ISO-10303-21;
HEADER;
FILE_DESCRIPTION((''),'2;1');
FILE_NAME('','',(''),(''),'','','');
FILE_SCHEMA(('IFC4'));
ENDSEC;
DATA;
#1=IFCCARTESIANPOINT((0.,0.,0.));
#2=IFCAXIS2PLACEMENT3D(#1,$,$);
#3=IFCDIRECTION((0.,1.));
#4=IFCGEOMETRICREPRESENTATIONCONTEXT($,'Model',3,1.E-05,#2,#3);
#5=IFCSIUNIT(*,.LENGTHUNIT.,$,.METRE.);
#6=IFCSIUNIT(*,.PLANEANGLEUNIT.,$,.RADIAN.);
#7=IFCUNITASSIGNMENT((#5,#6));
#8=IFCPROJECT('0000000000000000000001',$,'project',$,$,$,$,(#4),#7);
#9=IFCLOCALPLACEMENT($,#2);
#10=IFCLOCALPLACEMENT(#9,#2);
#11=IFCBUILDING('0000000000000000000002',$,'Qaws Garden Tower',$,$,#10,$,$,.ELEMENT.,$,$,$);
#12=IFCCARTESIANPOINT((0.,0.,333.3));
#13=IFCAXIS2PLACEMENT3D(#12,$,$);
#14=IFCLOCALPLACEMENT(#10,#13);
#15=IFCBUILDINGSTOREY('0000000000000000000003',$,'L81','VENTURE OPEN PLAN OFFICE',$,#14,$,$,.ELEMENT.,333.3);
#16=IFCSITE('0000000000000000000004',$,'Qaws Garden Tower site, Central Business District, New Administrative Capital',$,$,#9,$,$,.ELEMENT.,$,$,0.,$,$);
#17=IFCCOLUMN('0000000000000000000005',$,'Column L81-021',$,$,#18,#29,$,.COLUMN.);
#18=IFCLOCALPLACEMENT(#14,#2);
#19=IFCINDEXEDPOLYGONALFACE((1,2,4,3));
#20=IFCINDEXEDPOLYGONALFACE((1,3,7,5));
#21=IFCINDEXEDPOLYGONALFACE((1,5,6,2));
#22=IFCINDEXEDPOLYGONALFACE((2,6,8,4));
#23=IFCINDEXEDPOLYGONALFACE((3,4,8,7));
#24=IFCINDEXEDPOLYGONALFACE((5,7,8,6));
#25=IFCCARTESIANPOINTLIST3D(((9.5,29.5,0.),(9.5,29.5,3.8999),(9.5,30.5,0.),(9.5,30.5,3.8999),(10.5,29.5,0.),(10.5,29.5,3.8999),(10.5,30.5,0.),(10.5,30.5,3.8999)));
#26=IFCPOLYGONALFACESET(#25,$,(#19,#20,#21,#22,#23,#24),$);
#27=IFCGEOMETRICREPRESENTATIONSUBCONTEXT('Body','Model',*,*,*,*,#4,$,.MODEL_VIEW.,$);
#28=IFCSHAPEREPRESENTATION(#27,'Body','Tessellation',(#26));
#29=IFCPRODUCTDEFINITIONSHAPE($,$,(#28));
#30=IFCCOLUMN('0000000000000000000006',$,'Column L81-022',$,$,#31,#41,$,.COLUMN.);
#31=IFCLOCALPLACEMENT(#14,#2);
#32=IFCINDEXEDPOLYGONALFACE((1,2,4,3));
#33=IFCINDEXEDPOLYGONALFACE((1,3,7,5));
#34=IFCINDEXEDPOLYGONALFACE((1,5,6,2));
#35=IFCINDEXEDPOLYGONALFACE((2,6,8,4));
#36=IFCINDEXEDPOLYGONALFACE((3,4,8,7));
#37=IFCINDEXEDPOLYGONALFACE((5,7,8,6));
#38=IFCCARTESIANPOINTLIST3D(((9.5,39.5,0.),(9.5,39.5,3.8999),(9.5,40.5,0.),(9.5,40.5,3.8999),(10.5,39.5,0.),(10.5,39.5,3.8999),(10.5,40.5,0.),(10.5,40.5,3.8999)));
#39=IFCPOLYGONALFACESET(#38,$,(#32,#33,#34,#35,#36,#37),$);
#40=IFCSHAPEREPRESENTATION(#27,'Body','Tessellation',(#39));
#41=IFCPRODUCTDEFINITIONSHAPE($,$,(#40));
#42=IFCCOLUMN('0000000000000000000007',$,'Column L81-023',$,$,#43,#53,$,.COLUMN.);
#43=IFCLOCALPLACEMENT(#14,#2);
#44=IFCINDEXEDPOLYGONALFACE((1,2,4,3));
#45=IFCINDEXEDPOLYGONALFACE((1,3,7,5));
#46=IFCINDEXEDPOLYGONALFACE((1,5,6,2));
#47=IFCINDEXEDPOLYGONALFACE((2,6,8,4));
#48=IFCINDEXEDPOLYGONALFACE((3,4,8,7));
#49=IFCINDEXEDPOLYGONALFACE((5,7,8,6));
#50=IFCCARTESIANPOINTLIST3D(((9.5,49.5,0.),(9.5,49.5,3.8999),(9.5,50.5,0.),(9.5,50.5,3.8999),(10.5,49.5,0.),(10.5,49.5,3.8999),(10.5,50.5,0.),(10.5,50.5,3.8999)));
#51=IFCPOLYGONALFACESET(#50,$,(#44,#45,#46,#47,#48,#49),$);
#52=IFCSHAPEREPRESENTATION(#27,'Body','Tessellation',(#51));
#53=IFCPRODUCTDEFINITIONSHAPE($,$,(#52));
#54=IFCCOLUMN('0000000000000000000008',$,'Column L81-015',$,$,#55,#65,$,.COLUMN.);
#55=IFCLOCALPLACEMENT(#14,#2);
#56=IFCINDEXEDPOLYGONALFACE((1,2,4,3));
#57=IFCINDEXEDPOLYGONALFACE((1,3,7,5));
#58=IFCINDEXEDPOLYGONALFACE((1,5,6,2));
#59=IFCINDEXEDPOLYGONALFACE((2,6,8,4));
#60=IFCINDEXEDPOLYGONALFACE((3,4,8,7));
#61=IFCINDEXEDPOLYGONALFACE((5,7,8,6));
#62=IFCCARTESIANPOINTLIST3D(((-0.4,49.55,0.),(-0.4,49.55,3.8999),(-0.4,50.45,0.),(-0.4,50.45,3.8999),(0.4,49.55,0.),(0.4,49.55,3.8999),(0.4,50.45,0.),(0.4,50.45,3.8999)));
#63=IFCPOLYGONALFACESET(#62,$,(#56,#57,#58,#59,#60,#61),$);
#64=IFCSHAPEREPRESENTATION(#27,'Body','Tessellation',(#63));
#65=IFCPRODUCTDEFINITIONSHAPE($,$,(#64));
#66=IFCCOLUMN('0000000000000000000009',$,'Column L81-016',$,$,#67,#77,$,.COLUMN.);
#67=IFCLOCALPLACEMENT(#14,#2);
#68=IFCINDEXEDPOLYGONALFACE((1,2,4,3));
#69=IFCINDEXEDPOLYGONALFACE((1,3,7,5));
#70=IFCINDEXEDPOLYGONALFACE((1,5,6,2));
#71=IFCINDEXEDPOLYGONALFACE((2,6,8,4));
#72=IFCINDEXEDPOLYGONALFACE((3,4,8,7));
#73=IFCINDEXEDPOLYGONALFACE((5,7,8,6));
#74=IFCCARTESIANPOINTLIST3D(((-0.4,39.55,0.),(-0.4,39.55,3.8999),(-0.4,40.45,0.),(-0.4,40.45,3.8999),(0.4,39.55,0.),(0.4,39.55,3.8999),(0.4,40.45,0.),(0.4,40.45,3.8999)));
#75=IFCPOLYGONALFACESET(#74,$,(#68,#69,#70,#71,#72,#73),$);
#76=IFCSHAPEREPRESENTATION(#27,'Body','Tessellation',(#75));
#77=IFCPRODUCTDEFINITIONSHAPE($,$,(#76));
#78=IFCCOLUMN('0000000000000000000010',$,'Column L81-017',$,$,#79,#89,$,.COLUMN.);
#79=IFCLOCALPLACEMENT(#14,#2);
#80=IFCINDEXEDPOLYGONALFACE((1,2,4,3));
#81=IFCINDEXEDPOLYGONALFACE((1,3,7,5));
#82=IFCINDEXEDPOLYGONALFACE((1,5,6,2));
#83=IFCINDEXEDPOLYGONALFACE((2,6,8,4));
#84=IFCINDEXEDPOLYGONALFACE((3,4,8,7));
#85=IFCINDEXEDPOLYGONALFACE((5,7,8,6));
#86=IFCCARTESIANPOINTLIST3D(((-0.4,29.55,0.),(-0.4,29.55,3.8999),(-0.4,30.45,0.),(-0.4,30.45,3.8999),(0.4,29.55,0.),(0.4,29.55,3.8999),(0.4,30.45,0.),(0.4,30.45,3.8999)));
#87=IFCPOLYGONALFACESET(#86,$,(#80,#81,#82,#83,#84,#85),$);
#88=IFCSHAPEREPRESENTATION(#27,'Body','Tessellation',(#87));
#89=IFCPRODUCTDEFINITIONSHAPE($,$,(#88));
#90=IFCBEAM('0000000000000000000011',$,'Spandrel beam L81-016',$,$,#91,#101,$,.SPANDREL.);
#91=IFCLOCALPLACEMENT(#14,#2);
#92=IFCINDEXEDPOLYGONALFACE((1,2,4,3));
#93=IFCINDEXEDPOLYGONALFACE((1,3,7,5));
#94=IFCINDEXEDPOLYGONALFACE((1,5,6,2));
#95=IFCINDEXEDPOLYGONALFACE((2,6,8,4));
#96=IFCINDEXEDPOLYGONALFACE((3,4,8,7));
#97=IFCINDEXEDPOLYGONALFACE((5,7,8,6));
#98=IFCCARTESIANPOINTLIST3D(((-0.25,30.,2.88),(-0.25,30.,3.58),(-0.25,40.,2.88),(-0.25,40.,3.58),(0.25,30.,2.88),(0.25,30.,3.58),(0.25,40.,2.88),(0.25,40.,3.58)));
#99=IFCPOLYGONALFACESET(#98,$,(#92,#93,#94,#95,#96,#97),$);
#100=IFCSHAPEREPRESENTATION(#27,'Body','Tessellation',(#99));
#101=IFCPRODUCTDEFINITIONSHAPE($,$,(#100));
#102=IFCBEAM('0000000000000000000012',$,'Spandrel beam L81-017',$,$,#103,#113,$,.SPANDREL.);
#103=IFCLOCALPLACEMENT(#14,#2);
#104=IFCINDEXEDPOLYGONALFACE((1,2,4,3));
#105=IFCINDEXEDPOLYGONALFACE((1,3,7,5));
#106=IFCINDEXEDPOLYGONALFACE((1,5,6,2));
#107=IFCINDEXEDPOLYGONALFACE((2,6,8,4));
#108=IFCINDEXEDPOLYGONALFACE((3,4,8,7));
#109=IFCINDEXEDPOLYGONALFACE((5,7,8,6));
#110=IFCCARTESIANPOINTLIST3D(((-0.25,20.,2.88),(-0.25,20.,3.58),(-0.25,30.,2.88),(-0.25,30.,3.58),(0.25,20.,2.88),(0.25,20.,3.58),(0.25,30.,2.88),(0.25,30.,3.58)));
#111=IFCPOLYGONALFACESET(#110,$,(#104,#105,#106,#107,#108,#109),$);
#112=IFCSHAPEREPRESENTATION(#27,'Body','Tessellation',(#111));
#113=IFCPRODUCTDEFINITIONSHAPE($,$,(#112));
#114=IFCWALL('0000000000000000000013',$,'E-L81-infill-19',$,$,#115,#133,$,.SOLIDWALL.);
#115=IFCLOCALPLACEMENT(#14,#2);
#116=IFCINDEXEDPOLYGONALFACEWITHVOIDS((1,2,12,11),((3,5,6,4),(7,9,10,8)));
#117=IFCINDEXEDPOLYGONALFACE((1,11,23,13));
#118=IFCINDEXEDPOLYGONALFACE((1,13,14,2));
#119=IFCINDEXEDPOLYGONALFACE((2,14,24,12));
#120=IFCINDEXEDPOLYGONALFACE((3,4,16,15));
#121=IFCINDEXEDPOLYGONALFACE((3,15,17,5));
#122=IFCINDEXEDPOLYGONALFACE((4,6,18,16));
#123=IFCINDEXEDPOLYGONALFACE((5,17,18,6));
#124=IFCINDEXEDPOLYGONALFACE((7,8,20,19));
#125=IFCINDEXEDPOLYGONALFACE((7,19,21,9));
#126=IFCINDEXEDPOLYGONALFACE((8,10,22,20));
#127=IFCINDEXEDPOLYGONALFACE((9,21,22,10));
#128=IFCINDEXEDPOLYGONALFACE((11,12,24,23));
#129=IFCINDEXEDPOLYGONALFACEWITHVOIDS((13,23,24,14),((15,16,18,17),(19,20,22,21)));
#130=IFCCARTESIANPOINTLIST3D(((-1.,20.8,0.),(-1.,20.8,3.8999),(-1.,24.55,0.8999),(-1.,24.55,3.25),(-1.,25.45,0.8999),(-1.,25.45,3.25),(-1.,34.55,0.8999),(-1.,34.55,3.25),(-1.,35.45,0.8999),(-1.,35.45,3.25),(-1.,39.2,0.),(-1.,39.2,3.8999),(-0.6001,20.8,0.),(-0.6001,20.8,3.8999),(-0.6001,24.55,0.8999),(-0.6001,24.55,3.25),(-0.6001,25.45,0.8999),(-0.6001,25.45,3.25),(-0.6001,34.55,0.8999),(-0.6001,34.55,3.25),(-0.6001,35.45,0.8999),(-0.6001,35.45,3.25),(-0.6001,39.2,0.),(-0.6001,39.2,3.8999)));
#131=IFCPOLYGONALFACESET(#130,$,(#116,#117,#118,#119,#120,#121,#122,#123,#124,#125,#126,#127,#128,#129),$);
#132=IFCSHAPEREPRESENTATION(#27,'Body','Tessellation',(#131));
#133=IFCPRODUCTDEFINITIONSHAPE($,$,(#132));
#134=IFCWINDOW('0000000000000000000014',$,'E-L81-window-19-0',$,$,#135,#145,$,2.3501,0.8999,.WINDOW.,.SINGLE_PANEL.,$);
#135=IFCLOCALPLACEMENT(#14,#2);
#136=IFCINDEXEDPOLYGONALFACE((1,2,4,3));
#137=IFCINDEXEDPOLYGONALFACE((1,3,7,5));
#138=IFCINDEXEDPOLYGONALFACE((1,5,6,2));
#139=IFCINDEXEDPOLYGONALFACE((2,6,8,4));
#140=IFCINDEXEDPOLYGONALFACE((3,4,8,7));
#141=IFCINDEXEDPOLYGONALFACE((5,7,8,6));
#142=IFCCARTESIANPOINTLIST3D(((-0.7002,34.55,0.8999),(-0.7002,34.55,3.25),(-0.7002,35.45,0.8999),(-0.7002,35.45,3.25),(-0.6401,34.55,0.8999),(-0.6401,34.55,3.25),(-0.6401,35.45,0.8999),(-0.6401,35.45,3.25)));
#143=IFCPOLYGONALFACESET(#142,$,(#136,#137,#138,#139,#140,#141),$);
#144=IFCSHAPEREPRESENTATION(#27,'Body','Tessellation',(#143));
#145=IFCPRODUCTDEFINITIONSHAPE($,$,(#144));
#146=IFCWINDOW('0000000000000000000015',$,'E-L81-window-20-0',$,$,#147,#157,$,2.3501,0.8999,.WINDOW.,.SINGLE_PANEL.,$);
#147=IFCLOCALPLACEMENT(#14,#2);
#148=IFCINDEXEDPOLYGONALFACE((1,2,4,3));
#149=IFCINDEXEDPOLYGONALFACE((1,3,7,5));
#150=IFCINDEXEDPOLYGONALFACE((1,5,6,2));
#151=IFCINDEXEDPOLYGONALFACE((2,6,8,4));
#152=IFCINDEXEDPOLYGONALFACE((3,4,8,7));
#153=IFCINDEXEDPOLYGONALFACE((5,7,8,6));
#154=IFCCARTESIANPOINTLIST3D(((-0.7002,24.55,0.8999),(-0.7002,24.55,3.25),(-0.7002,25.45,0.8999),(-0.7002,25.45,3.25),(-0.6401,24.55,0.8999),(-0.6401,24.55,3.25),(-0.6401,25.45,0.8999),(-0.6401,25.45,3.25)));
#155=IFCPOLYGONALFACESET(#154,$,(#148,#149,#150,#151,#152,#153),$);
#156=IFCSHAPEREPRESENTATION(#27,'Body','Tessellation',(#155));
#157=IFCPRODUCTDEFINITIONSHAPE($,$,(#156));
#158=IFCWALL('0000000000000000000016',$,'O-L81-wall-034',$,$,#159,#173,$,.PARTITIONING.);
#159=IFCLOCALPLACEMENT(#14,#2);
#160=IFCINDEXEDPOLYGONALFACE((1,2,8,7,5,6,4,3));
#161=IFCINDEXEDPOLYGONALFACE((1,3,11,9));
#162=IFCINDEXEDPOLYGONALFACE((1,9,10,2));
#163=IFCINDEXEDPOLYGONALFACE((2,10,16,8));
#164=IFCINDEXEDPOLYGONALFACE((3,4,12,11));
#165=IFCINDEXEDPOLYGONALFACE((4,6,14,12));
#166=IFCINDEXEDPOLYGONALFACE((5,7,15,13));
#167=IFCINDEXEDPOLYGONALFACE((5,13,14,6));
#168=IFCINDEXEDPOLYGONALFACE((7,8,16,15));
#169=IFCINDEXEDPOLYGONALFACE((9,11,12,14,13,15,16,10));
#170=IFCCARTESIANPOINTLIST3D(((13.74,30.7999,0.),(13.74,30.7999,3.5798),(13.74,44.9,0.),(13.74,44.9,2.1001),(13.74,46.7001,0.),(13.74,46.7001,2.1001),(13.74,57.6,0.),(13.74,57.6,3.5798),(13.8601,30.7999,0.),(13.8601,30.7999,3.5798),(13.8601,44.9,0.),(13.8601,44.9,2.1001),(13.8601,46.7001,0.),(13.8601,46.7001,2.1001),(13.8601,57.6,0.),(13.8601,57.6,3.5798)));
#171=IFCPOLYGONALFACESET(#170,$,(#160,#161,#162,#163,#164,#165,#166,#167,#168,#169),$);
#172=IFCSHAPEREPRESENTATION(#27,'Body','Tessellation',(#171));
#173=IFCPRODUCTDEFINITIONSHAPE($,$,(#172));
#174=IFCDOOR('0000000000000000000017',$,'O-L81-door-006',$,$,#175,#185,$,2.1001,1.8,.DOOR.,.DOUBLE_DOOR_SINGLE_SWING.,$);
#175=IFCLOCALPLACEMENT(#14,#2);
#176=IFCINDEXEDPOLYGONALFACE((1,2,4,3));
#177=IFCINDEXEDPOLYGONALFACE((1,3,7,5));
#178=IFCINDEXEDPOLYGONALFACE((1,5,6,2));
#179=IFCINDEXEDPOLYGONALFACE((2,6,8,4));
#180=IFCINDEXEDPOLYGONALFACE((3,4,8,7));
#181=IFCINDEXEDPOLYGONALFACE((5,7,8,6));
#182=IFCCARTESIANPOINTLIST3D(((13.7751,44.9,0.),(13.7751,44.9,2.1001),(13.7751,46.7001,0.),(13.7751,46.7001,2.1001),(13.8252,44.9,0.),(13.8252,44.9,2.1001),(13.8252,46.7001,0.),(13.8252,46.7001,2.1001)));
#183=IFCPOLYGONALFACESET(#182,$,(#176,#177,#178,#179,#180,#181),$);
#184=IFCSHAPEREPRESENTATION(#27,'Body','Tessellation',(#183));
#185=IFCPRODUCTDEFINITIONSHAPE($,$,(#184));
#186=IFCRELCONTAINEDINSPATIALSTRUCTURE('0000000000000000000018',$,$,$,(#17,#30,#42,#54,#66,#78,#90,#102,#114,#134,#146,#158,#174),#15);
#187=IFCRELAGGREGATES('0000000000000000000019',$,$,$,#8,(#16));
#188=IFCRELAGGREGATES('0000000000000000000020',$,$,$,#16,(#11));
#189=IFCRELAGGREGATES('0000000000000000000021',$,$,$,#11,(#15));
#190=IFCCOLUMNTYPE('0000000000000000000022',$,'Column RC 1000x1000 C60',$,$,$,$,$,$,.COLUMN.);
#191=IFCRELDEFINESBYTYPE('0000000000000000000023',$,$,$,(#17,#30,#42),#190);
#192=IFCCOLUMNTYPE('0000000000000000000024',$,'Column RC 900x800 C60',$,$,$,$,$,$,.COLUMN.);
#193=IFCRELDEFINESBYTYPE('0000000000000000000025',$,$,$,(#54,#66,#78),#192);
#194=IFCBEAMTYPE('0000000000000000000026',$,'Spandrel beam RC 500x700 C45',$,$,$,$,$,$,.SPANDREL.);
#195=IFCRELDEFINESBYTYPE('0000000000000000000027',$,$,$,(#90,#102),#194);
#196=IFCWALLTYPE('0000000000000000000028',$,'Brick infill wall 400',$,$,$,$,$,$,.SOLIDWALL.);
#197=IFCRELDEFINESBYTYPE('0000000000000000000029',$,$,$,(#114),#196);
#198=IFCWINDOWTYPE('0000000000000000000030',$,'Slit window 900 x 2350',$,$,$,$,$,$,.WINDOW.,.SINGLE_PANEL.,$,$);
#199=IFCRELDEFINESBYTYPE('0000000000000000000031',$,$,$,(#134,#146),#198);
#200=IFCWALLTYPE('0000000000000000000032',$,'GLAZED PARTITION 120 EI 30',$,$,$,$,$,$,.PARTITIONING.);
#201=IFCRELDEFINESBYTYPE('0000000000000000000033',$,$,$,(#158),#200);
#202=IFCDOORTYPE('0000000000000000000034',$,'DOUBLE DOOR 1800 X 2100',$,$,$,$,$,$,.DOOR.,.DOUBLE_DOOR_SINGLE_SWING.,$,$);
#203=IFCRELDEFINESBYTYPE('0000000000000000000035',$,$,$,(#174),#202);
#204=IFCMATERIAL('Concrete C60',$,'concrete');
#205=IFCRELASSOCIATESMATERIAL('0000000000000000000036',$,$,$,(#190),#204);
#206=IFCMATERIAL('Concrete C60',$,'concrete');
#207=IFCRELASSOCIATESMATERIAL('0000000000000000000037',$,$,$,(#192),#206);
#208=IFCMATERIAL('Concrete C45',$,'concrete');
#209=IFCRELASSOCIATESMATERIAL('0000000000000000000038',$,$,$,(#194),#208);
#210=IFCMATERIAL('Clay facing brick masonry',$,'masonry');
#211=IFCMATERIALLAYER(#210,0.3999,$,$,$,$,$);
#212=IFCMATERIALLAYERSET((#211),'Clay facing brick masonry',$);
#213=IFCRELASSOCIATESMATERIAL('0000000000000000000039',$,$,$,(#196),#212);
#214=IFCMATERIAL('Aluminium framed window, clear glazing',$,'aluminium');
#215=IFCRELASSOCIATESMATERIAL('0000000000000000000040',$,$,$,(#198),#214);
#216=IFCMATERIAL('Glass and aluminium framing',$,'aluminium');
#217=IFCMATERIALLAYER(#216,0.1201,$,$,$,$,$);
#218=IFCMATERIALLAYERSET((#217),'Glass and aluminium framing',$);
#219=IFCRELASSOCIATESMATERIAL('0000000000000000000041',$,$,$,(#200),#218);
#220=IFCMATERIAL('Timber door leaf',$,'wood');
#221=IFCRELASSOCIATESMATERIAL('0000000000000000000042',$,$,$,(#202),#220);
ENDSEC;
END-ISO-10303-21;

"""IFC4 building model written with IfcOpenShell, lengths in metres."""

from ifc_helpers import new_model, si_unit, direction, frame, frame_2d, origin, origin_2d, place, context, subcontext, project, spatial, rectangle, extrude, material, layer, layer_set, material_profile, profile_set, type_object, element, fill, save


model = new_model("IFC4")

# Units and contexts
model_context = context("Model", 3, precision=1e-05, world=origin(), true_north=direction((0.0, 1.0)))
body_context = subcontext(model_context, "Body", "Model", "MODEL_VIEW")
ifc_project = project(units=[si_unit("LENGTHUNIT", "METRE"), si_unit("PLANEANGLEUNIT", "RADIAN")], contexts=[model_context])

# Site, building, storey
site_placement = place(None, origin())
site = spatial("IfcSite", under=ifc_project, at=site_placement, Name="Qaws Garden Tower site, Central Business District, New Administrative Capital", CompositionType="ELEMENT", RefElevation=0.0)
building_placement = place(site_placement, origin())
building = spatial("IfcBuilding", under=site, at=building_placement, Name="Qaws Garden Tower", CompositionType="ELEMENT")
storey_placement = place(building_placement, frame((0.0, 0.0, 333.3)))
storey = spatial("IfcBuildingStorey", under=building, at=storey_placement, Name="L81", Description="VENTURE OPEN PLAN OFFICE", CompositionType="ELEMENT", Elevation=333.3)

# Columns
ifc_material_1 = material(Name="Concrete C60", Category="concrete")
ifc_material_profile_1 = material_profile(ifc_material_1, rectangle(XDim=1.0, YDim=1.0, at=origin_2d()), Name="RC 1000x1000")
ifc_profile_set_1 = profile_set([ifc_material_profile_1], Name="Concrete C60")
column_type_1 = type_object("IfcColumnType", Name="Column RC 1000x1000 C60", PredefinedType="COLUMN", material=ifc_profile_set_1)
for number, where, z_axis, x_axis, name in (
    (1, (10.0, 30.0, 0.0), (0.0, 0.0, 1.0), (1.0, 0.0, 0.0), "Column L81-021"),
    (2, (10.0, 40.0, 0.0), (0.0, 0.0, 1.0), (1.0, 0.0, 0.0), "Column L81-022"),
    (3, (10.0, 50.0, 0.0), (0.0, 0.0, 1.0), (1.0, 0.0, 0.0), "Column L81-023"),
):
    element("IfcColumn", number, at=place(storey_placement, frame(where, z_axis=z_axis, x_axis=x_axis)), inside=storey, type_object=column_type_1, Name=name, PredefinedType="COLUMN", context=body_context, shape_type="SweptSolid", body=[
        extrude(rectangle(XDim=1.0, YDim=1.0, at=origin_2d()), origin(), (0.0, 0.0, 1.0), 3.8999),
    ])
ifc_material_2 = material(Name="Concrete C60", Category="concrete")
ifc_material_profile_2 = material_profile(ifc_material_2, rectangle(XDim=0.8999, YDim=0.8, at=origin_2d()), Name="RC 900x800")
ifc_profile_set_2 = profile_set([ifc_material_profile_2], Name="Concrete C60")
column_type_2 = type_object("IfcColumnType", Name="Column RC 900x800 C60", PredefinedType="COLUMN", material=ifc_profile_set_2)
for number, where, z_axis, x_axis, name in (
    (4, (0.0, 50.0, 0.0), (0.0, 0.0, 1.0), (0.0, 1.0, 0.0), "Column L81-015"),
    (5, (0.0, 40.0, 0.0), (0.0, 0.0, 1.0), (0.0, 1.0, 0.0), "Column L81-016"),
    (6, (0.0, 30.0, 0.0), (0.0, 0.0, 1.0), (0.0, 1.0, 0.0), "Column L81-017"),
):
    element("IfcColumn", number, at=place(storey_placement, frame(where, z_axis=z_axis, x_axis=x_axis)), inside=storey, type_object=column_type_2, Name=name, PredefinedType="COLUMN", context=body_context, shape_type="SweptSolid", body=[
        extrude(rectangle(XDim=0.8999, YDim=0.8, at=origin_2d()), origin(), (0.0, 0.0, 1.0), 3.8999),
    ])

# Beams
ifc_material_3 = material(Name="Concrete C45", Category="concrete")
ifc_material_profile_3 = material_profile(ifc_material_3, rectangle(XDim=0.5, YDim=0.7, at=origin_2d()), Name="RC 500x700")
ifc_profile_set_3 = profile_set([ifc_material_profile_3], Name="Concrete C45")
beam_type = type_object("IfcBeamType", Name="Spandrel beam RC 500x700 C45", PredefinedType="SPANDREL", material=ifc_profile_set_3)
for number, where, z_axis, x_axis, name in (
    (7, (0.0, 40.0, 3.23), (0.0, -1.0, 0.0), (1.0, 0.0, 0.0), "Spandrel beam L81-016"),
    (8, (0.0, 30.0, 3.23), (0.0, -1.0, 0.0), (1.0, 0.0, 0.0), "Spandrel beam L81-017"),
):
    element("IfcBeam", number, at=place(storey_placement, frame(where, z_axis=z_axis, x_axis=x_axis)), inside=storey, type_object=beam_type, Name=name, PredefinedType="SPANDREL", context=body_context, shape_type="SweptSolid", body=[
        extrude(rectangle(XDim=0.5, YDim=0.7, at=origin_2d()), origin(), (0.0, 0.0, 1.0), 10.0),
    ])

# Wall, openings, windows
ifc_material_4 = material(Name="Clay facing brick masonry", Category="masonry")
ifc_layer_1 = layer(ifc_material_4, 0.3999)
ifc_layer_set_1 = layer_set([ifc_layer_1], Name="Clay facing brick masonry")
wall_type_1 = type_object("IfcWallType", Name="Brick infill wall 400", PredefinedType="SOLIDWALL", material=ifc_layer_set_1)
wall_1_placement = place(storey_placement, frame((-0.8, 39.2, 0.0), z_axis=(0.0, 0.0, 1.0), x_axis=(0.0, -1.0, 0.0)))
wall_1 = element("IfcWall", 9, at=wall_1_placement, inside=storey, type_object=wall_type_1, Name="E-L81-infill-19", PredefinedType="SOLIDWALL", context=body_context, shape_type="SweptSolid", body=[
    extrude(rectangle(XDim=18.3999, YDim=0.3999, at=frame_2d((9.2, 0.0))), origin(), (0.0, 0.0, 1.0), 3.8999),
])
opening_1_placement = place(wall_1_placement, frame((3.75, 0.0, 0.8999)))
opening_1 = element("IfcOpeningElement", 10, at=opening_1_placement, cuts=wall_1, PredefinedType="OPENING", context=body_context, shape_type="SweptSolid", body=[
    extrude(rectangle(XDim=0.8999, YDim=2.3501, at=frame_2d((0.45, 1.175))), frame((0.0, 0.21, 0.0), z_axis=(0.0, -1.0, 0.0), x_axis=(1.0, 0.0, 0.0)), (0.0, 0.0, 1.0), 0.4199),
])
opening_2_placement = place(wall_1_placement, frame((13.75, 0.0, 0.8999)))
opening_2 = element("IfcOpeningElement", 11, at=opening_2_placement, cuts=wall_1, PredefinedType="OPENING", context=body_context, shape_type="SweptSolid", body=[
    extrude(rectangle(XDim=0.8999, YDim=2.3501, at=frame_2d((0.45, 1.175))), frame((0.0, 0.21, 0.0), z_axis=(0.0, -1.0, 0.0), x_axis=(1.0, 0.0, 0.0)), (0.0, 0.0, 1.0), 0.4199),
])
ifc_material_5 = material(Name="Aluminium framed window, clear glazing", Category="aluminium")
window_type = type_object("IfcWindowType", Name="Slit window 900 x 2350", PartitioningType="SINGLE_PANEL", PredefinedType="WINDOW", material=ifc_material_5)
window_1_placement = place(opening_1_placement, origin())
window_1 = element("IfcWindow", 12, at=window_1_placement, inside=storey, type_object=window_type, Name="E-L81-window-19-0", OverallHeight=2.3501, OverallWidth=0.8999, PartitioningType="SINGLE_PANEL", PredefinedType="WINDOW", context=body_context, shape_type="SweptSolid", body=[
    extrude(rectangle(XDim=0.8999, YDim=2.3501, at=frame_2d((0.45, 1.175))), frame((0.0, 0.1599, 0.0), z_axis=(0.0, -1.0, 0.0), x_axis=(1.0, 0.0, 0.0)), (0.0, 0.0, 1.0), 0.0601),
])
fill(opening_1, window_1)
window_2_placement = place(opening_2_placement, origin())
window_2 = element("IfcWindow", 13, at=window_2_placement, inside=storey, type_object=window_type, Name="E-L81-window-20-0", OverallHeight=2.3501, OverallWidth=0.8999, PartitioningType="SINGLE_PANEL", PredefinedType="WINDOW", context=body_context, shape_type="SweptSolid", body=[
    extrude(rectangle(XDim=0.8999, YDim=2.3501, at=frame_2d((0.45, 1.175))), frame((0.0, 0.1599, 0.0), z_axis=(0.0, -1.0, 0.0), x_axis=(1.0, 0.0, 0.0)), (0.0, 0.0, 1.0), 0.0601),
])
fill(opening_2, window_2)

# Wall, opening, door
ifc_material_6 = material(Name="Glass and aluminium framing", Category="aluminium")
ifc_layer_2 = layer(ifc_material_6, 0.1201)
ifc_layer_set_2 = layer_set([ifc_layer_2], Name="Glass and aluminium framing")
wall_type_2 = type_object("IfcWallType", Name="GLAZED PARTITION 120 EI 30", PredefinedType="PARTITIONING", material=ifc_layer_set_2)
wall_2_placement = place(storey_placement, frame((13.8, 30.8, 0.0), z_axis=(0.0, 0.0, 1.0), x_axis=(0.0, 1.0, 0.0)))
wall_2 = element("IfcWall", 14, at=wall_2_placement, inside=storey, type_object=wall_type_2, Name="O-L81-wall-034", PredefinedType="PARTITIONING", context=body_context, shape_type="SweptSolid", body=[
    extrude(rectangle(XDim=26.8, YDim=0.1201, at=frame_2d((13.3999, 0.0))), origin(), (0.0, 0.0, 1.0), 3.5798),
])
opening_3_placement = place(wall_2_placement, frame((14.1001, 0.0, 0.0)))
opening_3 = element("IfcOpeningElement", 15, at=opening_3_placement, cuts=wall_2, PredefinedType="OPENING", context=body_context, shape_type="SweptSolid", body=[
    extrude(rectangle(XDim=1.8, YDim=2.1001, at=frame_2d((0.8999, 1.05))), frame((0.0, 0.0701, 0.0), z_axis=(0.0, -1.0, 0.0), x_axis=(1.0, 0.0, 0.0)), (0.0, 0.0, 1.0), 0.1401),
])
ifc_material_7 = material(Name="Timber door leaf", Category="wood")
door_type_1 = type_object("IfcDoorType", Name="DOUBLE DOOR 1800 X 2100", OperationType="DOUBLE_DOOR_SINGLE_SWING", PredefinedType="DOOR", material=ifc_material_7)
door_1_placement = place(opening_3_placement, origin())
door_1 = element("IfcDoor", 16, at=door_1_placement, inside=storey, type_object=door_type_1, Name="O-L81-door-006", OperationType="DOUBLE_DOOR_SINGLE_SWING", OverallHeight=2.1001, OverallWidth=1.8, PredefinedType="DOOR", context=body_context, shape_type="SweptSolid", body=[
    extrude(rectangle(XDim=1.8, YDim=2.1001, at=frame_2d((0.8999, 1.05))), frame((0.0, 0.0249, 0.0), z_axis=(0.0, -1.0, 0.0), x_axis=(1.0, 0.0, 0.0)), (0.0, 0.0, 1.0), 0.05),
])
fill(opening_3, door_1)

save(model, "model.ifc")
